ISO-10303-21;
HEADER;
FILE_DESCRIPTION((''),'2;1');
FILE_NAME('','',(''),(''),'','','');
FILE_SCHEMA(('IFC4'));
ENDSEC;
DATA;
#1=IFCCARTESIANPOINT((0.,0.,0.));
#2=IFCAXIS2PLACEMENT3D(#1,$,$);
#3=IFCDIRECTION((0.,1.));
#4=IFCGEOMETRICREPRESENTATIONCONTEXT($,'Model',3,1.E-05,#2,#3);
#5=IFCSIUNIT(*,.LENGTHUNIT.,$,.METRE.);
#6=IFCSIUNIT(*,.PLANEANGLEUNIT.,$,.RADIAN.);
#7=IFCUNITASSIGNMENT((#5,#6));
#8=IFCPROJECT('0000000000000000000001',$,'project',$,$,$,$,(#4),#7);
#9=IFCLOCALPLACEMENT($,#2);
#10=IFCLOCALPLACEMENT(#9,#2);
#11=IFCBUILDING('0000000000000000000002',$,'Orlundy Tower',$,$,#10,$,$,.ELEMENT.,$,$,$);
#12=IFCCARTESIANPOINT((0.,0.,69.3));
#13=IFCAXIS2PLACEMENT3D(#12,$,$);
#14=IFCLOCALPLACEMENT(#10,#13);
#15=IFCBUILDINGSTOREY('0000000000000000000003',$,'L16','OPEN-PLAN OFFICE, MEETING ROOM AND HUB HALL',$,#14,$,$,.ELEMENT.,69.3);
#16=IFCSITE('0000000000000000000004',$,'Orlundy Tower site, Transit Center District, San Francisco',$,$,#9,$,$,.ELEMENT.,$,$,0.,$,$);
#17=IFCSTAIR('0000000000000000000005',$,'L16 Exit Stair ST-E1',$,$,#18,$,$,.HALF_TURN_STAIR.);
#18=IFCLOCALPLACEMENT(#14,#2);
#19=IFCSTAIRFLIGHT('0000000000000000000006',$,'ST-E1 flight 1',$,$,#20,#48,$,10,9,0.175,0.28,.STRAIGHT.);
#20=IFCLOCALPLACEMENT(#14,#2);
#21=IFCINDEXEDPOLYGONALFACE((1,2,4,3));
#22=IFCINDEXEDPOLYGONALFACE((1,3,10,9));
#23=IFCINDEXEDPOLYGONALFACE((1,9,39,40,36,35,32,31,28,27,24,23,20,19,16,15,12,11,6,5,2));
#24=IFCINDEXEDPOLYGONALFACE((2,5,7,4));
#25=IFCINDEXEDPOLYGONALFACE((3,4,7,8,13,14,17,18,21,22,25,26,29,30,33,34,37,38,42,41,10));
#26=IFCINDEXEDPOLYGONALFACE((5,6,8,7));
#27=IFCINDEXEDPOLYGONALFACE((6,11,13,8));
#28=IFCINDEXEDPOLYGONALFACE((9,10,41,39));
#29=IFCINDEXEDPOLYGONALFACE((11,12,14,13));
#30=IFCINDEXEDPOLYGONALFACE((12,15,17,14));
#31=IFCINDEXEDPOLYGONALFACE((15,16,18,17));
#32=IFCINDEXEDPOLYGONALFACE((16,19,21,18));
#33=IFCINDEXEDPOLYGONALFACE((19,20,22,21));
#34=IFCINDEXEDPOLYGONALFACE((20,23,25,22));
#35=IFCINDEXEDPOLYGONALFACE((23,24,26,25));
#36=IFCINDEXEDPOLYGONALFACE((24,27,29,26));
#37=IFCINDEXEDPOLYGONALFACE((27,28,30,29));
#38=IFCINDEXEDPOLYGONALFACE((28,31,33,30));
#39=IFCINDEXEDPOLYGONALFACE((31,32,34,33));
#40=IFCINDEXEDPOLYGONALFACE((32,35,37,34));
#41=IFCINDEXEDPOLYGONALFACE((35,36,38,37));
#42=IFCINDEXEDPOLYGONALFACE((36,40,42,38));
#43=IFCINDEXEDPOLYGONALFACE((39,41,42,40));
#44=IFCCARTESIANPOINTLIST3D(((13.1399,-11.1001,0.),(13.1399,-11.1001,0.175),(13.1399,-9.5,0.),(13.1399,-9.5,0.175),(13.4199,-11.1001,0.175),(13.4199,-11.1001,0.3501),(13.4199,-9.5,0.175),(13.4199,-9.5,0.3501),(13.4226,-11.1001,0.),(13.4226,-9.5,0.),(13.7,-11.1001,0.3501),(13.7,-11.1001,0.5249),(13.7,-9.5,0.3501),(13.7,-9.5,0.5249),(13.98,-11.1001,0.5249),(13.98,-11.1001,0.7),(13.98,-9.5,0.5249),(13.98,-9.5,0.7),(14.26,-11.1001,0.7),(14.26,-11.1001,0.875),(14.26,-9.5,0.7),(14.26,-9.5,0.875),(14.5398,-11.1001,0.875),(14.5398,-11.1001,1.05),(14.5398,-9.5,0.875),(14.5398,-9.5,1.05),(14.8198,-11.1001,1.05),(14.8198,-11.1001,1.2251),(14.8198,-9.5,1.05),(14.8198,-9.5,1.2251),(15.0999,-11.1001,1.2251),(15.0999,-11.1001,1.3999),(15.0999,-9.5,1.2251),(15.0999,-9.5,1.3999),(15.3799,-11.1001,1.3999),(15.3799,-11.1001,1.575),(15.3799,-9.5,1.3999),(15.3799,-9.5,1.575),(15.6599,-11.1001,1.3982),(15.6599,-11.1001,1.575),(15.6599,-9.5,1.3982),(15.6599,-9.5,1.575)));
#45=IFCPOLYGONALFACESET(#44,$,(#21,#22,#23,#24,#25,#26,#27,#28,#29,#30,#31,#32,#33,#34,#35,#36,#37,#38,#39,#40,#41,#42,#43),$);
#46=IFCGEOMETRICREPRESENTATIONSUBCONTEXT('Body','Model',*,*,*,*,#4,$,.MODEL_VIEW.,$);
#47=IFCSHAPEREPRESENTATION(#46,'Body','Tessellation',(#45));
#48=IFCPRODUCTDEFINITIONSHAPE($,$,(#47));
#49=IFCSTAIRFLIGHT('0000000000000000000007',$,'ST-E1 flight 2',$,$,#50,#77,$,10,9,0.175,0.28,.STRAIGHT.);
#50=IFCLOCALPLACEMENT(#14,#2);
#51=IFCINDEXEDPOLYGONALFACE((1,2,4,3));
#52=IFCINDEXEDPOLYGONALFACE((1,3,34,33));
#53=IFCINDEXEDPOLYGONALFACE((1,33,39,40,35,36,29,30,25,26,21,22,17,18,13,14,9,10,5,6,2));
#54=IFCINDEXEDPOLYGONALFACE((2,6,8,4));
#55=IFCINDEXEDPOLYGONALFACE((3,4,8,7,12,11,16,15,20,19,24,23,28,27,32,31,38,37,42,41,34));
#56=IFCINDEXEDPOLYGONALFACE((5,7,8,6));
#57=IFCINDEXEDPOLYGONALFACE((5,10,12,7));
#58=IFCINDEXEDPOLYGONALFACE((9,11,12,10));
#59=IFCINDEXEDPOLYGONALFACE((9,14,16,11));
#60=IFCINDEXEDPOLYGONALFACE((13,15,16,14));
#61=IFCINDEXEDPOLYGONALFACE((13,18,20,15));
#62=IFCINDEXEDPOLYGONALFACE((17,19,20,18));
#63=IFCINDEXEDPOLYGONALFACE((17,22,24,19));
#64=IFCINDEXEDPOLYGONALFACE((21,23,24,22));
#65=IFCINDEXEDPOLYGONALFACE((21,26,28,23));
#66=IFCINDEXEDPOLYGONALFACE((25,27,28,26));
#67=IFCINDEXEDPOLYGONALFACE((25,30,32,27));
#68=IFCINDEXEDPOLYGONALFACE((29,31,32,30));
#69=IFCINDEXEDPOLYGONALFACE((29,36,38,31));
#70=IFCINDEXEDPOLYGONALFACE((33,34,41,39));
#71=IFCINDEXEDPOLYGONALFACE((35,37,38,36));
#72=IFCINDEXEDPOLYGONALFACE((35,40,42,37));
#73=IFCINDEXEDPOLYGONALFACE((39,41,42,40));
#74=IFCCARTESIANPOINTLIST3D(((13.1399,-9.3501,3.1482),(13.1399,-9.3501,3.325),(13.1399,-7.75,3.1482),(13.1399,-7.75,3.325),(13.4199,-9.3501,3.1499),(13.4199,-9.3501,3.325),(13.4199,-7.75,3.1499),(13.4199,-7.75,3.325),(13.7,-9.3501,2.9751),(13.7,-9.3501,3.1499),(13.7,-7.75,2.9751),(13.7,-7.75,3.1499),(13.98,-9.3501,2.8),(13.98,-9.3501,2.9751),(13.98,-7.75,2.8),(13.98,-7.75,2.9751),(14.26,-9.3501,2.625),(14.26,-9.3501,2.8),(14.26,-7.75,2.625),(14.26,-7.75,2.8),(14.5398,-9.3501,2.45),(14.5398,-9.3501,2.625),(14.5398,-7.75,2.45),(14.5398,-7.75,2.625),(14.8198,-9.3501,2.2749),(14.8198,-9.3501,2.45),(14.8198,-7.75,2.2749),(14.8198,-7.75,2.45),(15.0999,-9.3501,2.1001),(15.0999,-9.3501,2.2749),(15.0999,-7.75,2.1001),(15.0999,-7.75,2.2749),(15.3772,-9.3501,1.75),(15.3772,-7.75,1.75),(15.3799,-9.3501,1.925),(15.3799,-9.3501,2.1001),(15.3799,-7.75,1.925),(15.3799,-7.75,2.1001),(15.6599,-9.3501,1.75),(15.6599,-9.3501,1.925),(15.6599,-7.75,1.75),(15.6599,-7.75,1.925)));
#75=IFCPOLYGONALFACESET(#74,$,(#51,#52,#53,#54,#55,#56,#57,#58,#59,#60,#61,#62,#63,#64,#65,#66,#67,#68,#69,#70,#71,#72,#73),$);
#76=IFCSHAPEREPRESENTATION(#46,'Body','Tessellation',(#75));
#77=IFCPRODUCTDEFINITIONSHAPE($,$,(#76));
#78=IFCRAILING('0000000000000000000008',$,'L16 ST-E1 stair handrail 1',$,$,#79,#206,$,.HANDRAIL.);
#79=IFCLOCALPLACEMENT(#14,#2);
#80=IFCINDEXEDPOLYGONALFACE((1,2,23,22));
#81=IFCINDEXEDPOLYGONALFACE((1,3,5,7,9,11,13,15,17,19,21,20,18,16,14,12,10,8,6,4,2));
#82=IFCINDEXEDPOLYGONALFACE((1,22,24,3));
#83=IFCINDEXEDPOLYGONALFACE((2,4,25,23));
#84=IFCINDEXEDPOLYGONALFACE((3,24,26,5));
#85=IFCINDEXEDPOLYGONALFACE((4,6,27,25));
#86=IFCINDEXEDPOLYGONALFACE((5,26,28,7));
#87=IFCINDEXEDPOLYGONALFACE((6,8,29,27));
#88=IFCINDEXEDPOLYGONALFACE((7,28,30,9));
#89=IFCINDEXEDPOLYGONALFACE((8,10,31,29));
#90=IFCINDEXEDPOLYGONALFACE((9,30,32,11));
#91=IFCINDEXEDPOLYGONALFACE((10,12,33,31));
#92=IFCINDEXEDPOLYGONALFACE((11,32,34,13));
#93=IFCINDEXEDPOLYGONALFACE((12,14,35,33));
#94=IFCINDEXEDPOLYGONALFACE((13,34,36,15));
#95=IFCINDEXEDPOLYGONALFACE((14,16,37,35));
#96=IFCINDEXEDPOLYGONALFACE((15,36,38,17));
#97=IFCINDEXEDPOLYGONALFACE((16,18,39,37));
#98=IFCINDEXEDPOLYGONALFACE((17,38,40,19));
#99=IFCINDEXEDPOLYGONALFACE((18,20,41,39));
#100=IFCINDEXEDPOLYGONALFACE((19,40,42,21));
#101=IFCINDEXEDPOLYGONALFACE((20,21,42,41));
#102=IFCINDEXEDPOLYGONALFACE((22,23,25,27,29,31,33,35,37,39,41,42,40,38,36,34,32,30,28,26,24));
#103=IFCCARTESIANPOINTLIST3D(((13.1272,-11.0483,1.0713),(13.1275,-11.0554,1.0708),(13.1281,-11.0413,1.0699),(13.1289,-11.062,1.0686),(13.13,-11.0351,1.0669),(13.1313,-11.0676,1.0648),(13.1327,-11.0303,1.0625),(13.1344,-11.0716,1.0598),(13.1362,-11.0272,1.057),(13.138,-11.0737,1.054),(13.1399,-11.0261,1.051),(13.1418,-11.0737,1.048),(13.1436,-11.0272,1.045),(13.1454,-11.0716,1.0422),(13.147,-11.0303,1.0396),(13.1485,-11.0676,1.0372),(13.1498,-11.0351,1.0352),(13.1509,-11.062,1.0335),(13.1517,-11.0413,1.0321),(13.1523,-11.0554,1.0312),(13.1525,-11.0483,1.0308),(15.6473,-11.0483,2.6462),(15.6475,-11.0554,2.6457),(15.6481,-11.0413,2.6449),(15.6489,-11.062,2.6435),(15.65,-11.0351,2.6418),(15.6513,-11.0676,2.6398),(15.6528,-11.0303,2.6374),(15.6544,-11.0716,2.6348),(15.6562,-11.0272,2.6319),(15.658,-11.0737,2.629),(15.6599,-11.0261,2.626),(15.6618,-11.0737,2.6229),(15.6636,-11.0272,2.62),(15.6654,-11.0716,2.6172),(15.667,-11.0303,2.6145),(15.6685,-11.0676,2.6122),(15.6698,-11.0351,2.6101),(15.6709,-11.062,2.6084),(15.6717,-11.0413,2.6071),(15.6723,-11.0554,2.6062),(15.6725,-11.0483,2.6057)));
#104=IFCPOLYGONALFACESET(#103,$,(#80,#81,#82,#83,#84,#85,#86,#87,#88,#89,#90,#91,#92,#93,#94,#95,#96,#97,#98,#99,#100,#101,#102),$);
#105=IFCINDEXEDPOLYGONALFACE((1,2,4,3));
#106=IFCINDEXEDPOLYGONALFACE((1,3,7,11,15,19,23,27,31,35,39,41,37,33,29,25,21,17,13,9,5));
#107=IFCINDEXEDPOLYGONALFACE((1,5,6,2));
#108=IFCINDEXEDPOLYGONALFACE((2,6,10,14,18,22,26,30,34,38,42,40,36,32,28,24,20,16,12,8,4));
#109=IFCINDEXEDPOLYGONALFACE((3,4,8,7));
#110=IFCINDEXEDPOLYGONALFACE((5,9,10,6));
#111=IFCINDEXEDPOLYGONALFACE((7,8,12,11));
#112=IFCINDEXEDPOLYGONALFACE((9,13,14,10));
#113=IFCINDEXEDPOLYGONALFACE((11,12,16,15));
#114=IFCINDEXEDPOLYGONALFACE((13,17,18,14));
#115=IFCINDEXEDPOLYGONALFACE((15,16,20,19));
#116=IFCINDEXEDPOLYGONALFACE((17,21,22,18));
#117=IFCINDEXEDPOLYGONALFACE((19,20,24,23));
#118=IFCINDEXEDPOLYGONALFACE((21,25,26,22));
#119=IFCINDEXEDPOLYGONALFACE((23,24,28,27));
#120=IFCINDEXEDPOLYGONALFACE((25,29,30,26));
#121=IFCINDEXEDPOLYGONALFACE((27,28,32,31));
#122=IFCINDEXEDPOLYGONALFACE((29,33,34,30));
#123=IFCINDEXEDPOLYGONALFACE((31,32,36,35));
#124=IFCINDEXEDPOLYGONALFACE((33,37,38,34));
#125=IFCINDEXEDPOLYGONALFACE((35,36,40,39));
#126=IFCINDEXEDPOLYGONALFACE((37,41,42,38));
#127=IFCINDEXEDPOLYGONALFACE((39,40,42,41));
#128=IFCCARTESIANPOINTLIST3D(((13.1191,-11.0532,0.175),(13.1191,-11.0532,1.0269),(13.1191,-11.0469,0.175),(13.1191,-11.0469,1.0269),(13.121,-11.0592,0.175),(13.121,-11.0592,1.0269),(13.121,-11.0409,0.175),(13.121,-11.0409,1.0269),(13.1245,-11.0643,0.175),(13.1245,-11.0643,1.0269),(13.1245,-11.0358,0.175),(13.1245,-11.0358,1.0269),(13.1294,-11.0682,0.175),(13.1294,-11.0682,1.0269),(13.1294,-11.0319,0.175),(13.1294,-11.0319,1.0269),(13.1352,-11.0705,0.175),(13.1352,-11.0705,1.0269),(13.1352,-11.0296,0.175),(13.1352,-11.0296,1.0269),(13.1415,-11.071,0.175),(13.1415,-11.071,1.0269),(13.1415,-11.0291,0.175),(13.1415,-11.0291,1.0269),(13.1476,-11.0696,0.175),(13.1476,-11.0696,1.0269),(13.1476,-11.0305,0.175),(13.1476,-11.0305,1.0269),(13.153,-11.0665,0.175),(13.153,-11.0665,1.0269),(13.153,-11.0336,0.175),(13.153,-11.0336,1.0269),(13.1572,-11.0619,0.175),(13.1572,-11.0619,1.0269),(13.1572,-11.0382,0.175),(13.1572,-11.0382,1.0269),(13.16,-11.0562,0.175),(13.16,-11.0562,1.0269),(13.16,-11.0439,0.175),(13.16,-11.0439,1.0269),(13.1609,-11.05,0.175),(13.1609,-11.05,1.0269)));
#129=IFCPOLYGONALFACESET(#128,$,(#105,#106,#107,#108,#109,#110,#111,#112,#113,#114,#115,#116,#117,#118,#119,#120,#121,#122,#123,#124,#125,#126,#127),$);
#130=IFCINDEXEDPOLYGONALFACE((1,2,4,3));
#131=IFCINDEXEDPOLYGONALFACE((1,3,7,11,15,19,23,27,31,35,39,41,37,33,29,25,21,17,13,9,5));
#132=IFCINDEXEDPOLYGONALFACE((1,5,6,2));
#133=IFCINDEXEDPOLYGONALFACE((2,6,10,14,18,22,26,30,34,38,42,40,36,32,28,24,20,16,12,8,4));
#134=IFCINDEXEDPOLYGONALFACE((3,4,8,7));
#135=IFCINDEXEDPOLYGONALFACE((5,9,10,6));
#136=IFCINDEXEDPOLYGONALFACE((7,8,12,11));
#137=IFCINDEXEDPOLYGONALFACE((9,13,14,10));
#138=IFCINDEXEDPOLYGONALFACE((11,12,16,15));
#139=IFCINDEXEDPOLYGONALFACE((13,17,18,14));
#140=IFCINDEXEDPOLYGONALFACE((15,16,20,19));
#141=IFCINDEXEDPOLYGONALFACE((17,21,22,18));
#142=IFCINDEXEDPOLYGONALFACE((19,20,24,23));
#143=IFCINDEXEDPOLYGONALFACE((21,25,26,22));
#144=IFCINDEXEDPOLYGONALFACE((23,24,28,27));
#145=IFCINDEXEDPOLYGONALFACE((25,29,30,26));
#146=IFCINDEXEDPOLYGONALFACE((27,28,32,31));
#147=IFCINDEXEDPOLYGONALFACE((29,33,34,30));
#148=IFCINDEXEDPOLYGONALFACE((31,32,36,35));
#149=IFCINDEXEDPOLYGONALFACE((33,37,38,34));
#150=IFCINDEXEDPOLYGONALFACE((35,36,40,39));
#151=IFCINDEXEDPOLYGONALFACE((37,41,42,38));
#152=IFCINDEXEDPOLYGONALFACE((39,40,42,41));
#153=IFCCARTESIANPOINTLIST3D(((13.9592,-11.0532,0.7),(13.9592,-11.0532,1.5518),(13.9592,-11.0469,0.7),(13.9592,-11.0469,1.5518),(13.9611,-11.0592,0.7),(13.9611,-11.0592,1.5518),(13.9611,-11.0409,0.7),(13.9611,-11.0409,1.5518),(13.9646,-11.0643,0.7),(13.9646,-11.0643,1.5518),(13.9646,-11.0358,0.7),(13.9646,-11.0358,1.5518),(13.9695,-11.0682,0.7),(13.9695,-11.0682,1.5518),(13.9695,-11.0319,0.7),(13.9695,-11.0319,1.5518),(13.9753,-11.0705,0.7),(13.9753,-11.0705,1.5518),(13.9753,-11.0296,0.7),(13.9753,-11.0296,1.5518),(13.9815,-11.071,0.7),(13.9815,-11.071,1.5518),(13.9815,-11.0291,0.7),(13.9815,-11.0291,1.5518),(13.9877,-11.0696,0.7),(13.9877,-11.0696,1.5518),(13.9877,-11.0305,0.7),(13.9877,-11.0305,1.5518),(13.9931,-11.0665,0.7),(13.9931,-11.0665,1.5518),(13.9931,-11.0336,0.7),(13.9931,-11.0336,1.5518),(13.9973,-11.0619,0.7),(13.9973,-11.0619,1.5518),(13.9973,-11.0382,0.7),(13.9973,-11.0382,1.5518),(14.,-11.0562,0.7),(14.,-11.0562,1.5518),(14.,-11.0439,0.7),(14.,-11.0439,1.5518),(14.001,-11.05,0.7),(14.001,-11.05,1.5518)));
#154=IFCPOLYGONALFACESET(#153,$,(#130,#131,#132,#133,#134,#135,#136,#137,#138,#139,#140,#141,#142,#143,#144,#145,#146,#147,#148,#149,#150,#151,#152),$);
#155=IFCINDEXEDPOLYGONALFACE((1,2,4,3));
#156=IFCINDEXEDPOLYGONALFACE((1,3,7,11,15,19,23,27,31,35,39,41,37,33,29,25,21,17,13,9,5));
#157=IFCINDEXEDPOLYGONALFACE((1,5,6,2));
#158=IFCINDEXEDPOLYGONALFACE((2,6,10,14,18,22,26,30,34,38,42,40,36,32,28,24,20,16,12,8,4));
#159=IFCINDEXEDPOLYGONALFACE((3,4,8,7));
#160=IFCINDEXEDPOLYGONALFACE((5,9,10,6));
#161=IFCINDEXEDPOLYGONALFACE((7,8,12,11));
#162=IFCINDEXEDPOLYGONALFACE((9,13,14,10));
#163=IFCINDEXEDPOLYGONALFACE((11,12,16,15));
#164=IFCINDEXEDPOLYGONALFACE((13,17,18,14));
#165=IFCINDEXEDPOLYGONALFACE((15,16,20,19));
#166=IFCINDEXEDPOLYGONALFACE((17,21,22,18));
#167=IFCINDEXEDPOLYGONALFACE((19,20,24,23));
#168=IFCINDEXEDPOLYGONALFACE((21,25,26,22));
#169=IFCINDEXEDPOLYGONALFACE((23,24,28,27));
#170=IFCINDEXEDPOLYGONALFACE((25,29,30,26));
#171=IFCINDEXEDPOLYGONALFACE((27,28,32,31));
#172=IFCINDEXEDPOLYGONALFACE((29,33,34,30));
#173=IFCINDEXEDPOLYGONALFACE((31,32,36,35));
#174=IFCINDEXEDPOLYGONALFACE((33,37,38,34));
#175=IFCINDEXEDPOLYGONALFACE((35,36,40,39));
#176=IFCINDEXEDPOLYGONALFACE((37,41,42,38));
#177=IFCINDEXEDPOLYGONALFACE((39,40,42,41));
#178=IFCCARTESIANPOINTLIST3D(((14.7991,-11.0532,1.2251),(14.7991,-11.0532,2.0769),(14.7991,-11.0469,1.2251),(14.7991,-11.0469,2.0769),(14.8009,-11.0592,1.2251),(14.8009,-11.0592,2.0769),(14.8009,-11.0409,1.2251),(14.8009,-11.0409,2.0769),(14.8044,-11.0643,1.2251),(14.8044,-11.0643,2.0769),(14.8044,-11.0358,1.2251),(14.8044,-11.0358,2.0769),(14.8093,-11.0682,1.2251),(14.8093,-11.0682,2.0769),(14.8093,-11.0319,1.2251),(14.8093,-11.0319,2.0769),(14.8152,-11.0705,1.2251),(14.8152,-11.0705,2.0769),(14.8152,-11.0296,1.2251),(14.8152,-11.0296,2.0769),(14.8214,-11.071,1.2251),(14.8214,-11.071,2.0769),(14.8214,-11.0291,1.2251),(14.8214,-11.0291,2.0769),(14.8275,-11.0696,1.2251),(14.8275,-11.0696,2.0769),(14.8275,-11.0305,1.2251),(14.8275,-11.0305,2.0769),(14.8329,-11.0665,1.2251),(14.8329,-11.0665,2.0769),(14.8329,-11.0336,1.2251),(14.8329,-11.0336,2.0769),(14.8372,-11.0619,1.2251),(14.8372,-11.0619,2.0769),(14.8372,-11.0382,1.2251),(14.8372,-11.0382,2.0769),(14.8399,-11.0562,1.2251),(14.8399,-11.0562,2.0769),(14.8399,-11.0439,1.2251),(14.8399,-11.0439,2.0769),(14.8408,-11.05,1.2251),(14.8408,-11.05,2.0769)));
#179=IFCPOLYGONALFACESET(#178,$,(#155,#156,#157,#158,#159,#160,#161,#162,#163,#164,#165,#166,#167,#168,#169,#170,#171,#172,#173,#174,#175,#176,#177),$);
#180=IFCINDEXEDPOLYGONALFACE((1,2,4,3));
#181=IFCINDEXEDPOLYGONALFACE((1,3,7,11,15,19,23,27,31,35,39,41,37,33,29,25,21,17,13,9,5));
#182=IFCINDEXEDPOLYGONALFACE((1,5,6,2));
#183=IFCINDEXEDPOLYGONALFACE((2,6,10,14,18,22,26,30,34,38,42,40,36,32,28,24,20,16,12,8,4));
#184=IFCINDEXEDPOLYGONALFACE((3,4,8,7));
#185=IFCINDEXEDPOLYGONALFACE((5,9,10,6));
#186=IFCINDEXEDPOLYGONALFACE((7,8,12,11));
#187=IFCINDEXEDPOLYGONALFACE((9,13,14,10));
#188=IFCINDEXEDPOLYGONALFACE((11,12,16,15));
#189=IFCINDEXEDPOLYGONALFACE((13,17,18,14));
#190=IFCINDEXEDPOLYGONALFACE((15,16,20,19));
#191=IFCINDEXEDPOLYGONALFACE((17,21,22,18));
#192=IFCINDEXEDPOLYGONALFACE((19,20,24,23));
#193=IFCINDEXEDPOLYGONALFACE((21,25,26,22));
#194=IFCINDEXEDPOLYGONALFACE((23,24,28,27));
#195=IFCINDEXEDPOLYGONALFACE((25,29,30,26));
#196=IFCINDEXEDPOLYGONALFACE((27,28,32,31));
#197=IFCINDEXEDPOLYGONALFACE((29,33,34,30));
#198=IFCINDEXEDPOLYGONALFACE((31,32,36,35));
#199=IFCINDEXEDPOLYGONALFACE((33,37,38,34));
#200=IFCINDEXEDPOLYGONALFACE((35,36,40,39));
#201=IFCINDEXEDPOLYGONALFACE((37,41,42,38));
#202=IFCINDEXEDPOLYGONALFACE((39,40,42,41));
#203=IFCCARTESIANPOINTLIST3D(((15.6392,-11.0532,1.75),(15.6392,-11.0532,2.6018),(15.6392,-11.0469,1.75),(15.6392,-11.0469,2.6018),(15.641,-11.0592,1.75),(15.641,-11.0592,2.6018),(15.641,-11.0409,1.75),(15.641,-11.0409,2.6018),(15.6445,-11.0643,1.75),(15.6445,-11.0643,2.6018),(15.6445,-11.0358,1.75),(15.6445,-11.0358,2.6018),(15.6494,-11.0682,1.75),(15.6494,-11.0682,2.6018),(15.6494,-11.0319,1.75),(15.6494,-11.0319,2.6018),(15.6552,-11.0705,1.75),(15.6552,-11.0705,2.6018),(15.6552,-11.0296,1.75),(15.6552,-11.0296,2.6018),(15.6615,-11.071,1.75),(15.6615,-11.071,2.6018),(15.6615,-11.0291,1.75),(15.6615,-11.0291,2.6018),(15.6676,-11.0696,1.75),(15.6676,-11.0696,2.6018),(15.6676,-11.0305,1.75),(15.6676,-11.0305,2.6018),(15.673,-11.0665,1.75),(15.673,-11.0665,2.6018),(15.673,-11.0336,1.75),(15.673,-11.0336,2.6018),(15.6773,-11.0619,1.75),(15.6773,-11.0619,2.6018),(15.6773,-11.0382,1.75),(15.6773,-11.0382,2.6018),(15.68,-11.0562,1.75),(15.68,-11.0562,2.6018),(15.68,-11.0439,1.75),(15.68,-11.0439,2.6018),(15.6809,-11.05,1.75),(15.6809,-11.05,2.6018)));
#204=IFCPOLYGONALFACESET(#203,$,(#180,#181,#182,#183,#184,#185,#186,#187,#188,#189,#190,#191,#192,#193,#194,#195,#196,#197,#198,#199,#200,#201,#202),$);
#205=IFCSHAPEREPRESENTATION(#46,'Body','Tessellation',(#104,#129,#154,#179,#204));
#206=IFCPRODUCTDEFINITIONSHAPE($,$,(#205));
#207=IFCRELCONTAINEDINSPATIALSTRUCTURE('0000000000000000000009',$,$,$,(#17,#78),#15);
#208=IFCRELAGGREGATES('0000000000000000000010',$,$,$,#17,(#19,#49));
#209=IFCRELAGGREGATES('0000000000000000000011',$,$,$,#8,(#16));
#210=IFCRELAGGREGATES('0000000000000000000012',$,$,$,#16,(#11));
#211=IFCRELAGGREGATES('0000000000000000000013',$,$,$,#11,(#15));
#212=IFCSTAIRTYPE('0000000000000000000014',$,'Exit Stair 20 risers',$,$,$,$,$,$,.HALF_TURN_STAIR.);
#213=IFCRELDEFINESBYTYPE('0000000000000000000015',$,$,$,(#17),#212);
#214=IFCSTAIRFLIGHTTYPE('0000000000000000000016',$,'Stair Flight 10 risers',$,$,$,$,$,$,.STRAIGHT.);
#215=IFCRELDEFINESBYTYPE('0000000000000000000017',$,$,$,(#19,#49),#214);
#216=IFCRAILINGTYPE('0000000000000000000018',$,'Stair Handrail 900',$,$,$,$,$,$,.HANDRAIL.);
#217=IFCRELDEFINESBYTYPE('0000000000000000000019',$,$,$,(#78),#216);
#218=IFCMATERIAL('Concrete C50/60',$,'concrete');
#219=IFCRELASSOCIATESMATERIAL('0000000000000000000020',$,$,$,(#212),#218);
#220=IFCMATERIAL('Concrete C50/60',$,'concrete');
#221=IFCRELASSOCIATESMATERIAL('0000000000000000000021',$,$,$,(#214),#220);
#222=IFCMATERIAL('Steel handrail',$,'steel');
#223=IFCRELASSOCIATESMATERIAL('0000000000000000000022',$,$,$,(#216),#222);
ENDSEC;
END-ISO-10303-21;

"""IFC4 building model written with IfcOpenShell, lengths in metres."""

from ifc_helpers import new_model, si_unit, direction, frame, origin, origin_2d, place, context, subcontext, project, spatial, polyline, circle, outline, extrude, material, type_object, element, aggregate, save


model = new_model("IFC4")

# Units and contexts
model_context = context("Model", 3, precision=1e-05, world=origin(), true_north=direction((0.0, 1.0)))
body_context = subcontext(model_context, "Body", "Model", "MODEL_VIEW")
ifc_project = project(units=[si_unit("LENGTHUNIT", "METRE"), si_unit("PLANEANGLEUNIT", "RADIAN")], contexts=[model_context])

# Site, building, storey
site_placement = place(None, origin())
site = spatial("IfcSite", under=ifc_project, at=site_placement, Name="Orlundy Tower site, Transit Center District, San Francisco", CompositionType="ELEMENT", RefElevation=0.0)
building_placement = place(site_placement, origin())
building = spatial("IfcBuilding", under=site, at=building_placement, Name="Orlundy Tower", CompositionType="ELEMENT")
storey_placement = place(building_placement, frame((0.0, 0.0, 69.3)))
storey = spatial("IfcBuildingStorey", under=building, at=storey_placement, Name="L16", Description="OPEN-PLAN OFFICE, MEETING ROOM AND HUB HALL", CompositionType="ELEMENT", Elevation=69.3)

# Stair
ifc_material_1 = material(Name="Concrete C50/60", Category="concrete")
stair_type = type_object("IfcStairType", Name="Exit Stair 20 risers", PredefinedType="HALF_TURN_STAIR", material=ifc_material_1)
stair_1_placement = place(storey_placement, origin())
stair_1 = element("IfcStair", 1, at=stair_1_placement, inside=storey, type_object=stair_type, Name="L16 Exit Stair ST-E1", PredefinedType="HALF_TURN_STAIR")

# Stair flights
ifc_material_2 = material(Name="Concrete C50/60", Category="concrete")
stair_flight_type = type_object("IfcStairFlightType", Name="Stair Flight 10 risers", PredefinedType="STRAIGHT", material=ifc_material_2)
stair_flight_1_placement = place(storey_placement, frame((13.1399, -10.3, 0.0), z_axis=(0.0, 0.0, 1.0), x_axis=(1.0, 0.0, 0.0)))
stair_flight_1 = element("IfcStairFlight", 2, at=stair_flight_1_placement, type_object=stair_flight_type, Name="ST-E1 flight 1", NumberOfRisers=10, NumberOfTreads=9, PredefinedType="STRAIGHT", RiserHeight=0.175, TreadLength=0.28, context=body_context, shape_type="SweptSolid", body=[
    extrude(outline(polyline([(0.0, 0.0), (0.0, 0.175), (0.28, 0.175), (0.28, 0.3501), (0.5601, 0.3501), (0.5601, 0.5249), (0.8401, 0.5249), (0.8401, 0.7), (1.1201, 0.7), (1.1201, 0.875), (1.3999, 0.875), (1.3999, 1.05), (1.6799, 1.05), (1.6799, 1.2251), (1.96, 1.2251), (1.96, 1.3999), (2.24, 1.3999), (2.24, 1.575), (2.52, 1.575), (2.52, 1.75), (2.52, 1.3982), (0.2827, 0.0), (0.0, 0.0)])), frame((0.0, 0.8, 0.0), z_axis=(0.0, -1.0, 0.0), x_axis=(1.0, 0.0, 0.0)), (0.0, 0.0, 1.0), 1.6001),
])
stair_flight_2_placement = place(storey_placement, frame((15.6599, -8.55, 1.75), z_axis=(0.0, 0.0, 1.0), x_axis=(-1.0, 0.0, 0.0)))
stair_flight_2 = element("IfcStairFlight", 3, at=stair_flight_2_placement, type_object=stair_flight_type, Name="ST-E1 flight 2", NumberOfRisers=10, NumberOfTreads=9, PredefinedType="STRAIGHT", RiserHeight=0.175, TreadLength=0.28, context=body_context, shape_type="SweptSolid", body=[
    extrude(outline(polyline([(0.0, 0.0), (0.0, 0.175), (0.28, 0.175), (0.28, 0.3501), (0.5601, 0.3501), (0.5601, 0.5249), (0.8401, 0.5249), (0.8401, 0.7), (1.1201, 0.7), (1.1201, 0.875), (1.3999, 0.875), (1.3999, 1.05), (1.6799, 1.05), (1.6799, 1.2251), (1.96, 1.2251), (1.96, 1.3999), (2.24, 1.3999), (2.24, 1.575), (2.52, 1.575), (2.52, 1.75), (2.52, 1.3982), (0.2827, 0.0), (0.0, 0.0)])), frame((0.0, 0.8, 0.0), z_axis=(0.0, -1.0, 0.0), x_axis=(1.0, 0.0, 0.0)), (0.0, 0.0, 1.0), 1.6001),
])
aggregate(stair_1, [stair_flight_1, stair_flight_2])

# Railing
ifc_material_3 = material(Name="Steel handrail", Category="steel")
railing_type_1 = type_object("IfcRailingType", Name="Stair Handrail 900", PredefinedType="HANDRAIL", material=ifc_material_3)
railing_1_placement = place(storey_placement, frame((13.1399, -11.05, 0.175)))
element("IfcRailing", 4, at=railing_1_placement, inside=storey, type_object=railing_type_1, Name="L16 ST-E1 stair handrail 1", PredefinedType="HANDRAIL", context=body_context, shape_type="SweptSolid", body=[
    extrude(circle(Radius=0.0239, at=origin_2d()), frame((0.0, 0.0, 0.876), z_axis=(0.848008, 0.0, 0.529984), x_axis=(0.0, 1.0, 0.0)), (0.0, 0.0, 1.0), 2.9717),
    extrude(circle(Radius=0.021, at=origin_2d()), origin(), (0.0, 0.0, 1.0), 0.8518),
    extrude(circle(Radius=0.021, at=origin_2d()), frame((0.8401, 0.0, 0.5249)), (0.0, 0.0, 1.0), 0.8518),
    extrude(circle(Radius=0.021, at=origin_2d()), frame((1.6799, 0.0, 1.05)), (0.0, 0.0, 1.0), 0.8518),
    extrude(circle(Radius=0.021, at=origin_2d()), frame((2.52, 0.0, 1.575)), (0.0, 0.0, 1.0), 0.8518),
])

save(model, "model.ifc")
